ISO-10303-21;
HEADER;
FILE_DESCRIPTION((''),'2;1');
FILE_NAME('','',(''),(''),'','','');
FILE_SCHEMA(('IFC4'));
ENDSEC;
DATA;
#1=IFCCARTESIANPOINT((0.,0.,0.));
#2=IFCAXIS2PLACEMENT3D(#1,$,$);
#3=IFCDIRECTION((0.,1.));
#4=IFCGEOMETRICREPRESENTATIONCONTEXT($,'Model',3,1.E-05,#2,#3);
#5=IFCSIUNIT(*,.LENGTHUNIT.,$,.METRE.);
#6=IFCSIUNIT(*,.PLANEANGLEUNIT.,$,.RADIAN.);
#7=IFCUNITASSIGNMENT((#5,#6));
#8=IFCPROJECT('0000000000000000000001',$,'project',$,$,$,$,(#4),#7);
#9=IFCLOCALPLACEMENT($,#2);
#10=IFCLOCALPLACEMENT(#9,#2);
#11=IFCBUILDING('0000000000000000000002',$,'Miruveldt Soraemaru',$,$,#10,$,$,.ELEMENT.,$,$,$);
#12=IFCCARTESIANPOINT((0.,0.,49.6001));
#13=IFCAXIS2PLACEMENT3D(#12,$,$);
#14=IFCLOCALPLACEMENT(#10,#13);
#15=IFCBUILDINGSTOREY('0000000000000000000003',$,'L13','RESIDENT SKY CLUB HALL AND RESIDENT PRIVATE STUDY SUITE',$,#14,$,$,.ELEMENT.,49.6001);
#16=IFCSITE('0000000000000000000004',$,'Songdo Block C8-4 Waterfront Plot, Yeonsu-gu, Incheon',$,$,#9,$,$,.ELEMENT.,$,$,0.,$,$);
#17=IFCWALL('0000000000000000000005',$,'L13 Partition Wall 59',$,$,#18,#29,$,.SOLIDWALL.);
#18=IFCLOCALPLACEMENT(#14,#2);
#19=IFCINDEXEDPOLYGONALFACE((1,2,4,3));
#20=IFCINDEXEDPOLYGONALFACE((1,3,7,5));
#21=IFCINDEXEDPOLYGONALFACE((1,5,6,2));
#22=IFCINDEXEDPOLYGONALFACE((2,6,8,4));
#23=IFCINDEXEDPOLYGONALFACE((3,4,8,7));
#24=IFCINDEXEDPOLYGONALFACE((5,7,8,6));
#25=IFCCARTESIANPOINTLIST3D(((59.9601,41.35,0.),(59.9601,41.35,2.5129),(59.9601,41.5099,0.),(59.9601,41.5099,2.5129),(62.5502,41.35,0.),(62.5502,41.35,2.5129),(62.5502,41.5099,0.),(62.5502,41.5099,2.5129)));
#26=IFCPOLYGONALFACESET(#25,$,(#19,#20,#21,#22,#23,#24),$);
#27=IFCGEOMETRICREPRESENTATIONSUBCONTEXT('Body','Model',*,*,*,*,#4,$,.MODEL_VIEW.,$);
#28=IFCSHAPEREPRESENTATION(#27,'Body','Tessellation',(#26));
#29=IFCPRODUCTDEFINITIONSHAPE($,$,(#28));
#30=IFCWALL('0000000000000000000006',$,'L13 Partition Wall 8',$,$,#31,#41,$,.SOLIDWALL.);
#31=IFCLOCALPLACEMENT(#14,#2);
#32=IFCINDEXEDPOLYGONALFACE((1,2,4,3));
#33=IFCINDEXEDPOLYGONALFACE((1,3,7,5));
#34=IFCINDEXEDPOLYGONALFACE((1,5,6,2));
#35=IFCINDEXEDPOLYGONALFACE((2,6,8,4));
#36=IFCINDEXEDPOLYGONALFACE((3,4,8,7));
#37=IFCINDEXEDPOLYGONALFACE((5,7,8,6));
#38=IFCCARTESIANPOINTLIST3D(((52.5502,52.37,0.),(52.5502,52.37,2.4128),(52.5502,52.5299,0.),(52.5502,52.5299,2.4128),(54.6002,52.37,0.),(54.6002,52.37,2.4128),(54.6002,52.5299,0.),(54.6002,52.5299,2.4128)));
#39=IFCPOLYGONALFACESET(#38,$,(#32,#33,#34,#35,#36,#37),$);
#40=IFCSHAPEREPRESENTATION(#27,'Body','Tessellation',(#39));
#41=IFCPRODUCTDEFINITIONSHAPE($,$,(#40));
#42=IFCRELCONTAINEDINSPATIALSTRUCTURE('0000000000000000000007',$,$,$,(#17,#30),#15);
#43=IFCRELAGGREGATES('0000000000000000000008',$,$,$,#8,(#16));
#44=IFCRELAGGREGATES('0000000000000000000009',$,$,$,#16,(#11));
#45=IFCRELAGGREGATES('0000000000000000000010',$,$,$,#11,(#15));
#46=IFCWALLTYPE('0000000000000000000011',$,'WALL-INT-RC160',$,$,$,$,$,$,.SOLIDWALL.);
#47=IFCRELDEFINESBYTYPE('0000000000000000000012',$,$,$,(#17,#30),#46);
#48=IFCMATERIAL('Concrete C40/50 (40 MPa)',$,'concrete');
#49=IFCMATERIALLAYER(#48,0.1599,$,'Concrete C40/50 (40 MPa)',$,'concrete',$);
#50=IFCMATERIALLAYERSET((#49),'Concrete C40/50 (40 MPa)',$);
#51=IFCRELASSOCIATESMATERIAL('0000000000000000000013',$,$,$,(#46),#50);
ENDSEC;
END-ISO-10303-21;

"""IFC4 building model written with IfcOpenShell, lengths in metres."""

from ifc_helpers import new_model, si_unit, direction, frame, frame_2d, origin, place, context, subcontext, project, spatial, rectangle, extrude, material, layer, layer_set, type_object, element, save


model = new_model("IFC4")

# Units and contexts
model_context = context("Model", 3, precision=1e-05, world=origin(), true_north=direction((0.0, 1.0)))
body_context = subcontext(model_context, "Body", "Model", "MODEL_VIEW")
ifc_project = project(units=[si_unit("LENGTHUNIT", "METRE"), si_unit("PLANEANGLEUNIT", "RADIAN")], contexts=[model_context])

# Site, building, storey
site_placement = place(None, origin())
site = spatial("IfcSite", under=ifc_project, at=site_placement, Name="Songdo Block C8-4 Waterfront Plot, Yeonsu-gu, Incheon", CompositionType="ELEMENT", RefElevation=0.0)
building_placement = place(site_placement, origin())
building = spatial("IfcBuilding", under=site, at=building_placement, Name="Miruveldt Soraemaru", CompositionType="ELEMENT")
storey_placement = place(building_placement, frame((0.0, 0.0, 49.6001)))
storey = spatial("IfcBuildingStorey", under=building, at=storey_placement, Name="L13", Description="RESIDENT SKY CLUB HALL AND RESIDENT PRIVATE STUDY SUITE", CompositionType="ELEMENT", Elevation=49.6001)

# Shared definitions
ifc_material_1 = material(Name="Concrete C40/50 (40 MPa)", Category="concrete")
ifc_layer_1 = layer(ifc_material_1, 0.1599, Name="Concrete C40/50 (40 MPa)", Category="concrete")
ifc_layer_set_1 = layer_set([ifc_layer_1], Name="Concrete C40/50 (40 MPa)")
wall_type_1 = type_object("IfcWallType", Name="WALL-INT-RC160", PredefinedType="SOLIDWALL", material=ifc_layer_set_1)

# Walls
wall_1_placement = place(storey_placement, frame((62.55, 41.4299, 0.0), z_axis=(0.0, 0.0, 1.0), x_axis=(-1.0, 0.0, 0.0)))
element("IfcWall", 1, at=wall_1_placement, inside=storey, type_object=wall_type_1, Name="L13 Partition Wall 59", PredefinedType="SOLIDWALL", context=body_context, shape_type="SweptSolid", body=[
    extrude(rectangle(XDim=2.5901, YDim=0.1599, at=frame_2d((1.2949, 0.0))), origin(), (0.0, 0.0, 1.0), 2.5129),
])
wall_2_placement = place(storey_placement, frame((54.6001, 52.45, 0.0), z_axis=(0.0, 0.0, 1.0), x_axis=(-1.0, 0.0, 0.0)))
element("IfcWall", 2, at=wall_2_placement, inside=storey, type_object=wall_type_1, Name="L13 Partition Wall 8", PredefinedType="SOLIDWALL", context=body_context, shape_type="SweptSolid", body=[
    extrude(rectangle(XDim=2.05, YDim=0.1599, at=frame_2d((1.0249, 0.0))), origin(), (0.0, 0.0, 1.0), 2.4128),
])

save(model, "model.ifc")
